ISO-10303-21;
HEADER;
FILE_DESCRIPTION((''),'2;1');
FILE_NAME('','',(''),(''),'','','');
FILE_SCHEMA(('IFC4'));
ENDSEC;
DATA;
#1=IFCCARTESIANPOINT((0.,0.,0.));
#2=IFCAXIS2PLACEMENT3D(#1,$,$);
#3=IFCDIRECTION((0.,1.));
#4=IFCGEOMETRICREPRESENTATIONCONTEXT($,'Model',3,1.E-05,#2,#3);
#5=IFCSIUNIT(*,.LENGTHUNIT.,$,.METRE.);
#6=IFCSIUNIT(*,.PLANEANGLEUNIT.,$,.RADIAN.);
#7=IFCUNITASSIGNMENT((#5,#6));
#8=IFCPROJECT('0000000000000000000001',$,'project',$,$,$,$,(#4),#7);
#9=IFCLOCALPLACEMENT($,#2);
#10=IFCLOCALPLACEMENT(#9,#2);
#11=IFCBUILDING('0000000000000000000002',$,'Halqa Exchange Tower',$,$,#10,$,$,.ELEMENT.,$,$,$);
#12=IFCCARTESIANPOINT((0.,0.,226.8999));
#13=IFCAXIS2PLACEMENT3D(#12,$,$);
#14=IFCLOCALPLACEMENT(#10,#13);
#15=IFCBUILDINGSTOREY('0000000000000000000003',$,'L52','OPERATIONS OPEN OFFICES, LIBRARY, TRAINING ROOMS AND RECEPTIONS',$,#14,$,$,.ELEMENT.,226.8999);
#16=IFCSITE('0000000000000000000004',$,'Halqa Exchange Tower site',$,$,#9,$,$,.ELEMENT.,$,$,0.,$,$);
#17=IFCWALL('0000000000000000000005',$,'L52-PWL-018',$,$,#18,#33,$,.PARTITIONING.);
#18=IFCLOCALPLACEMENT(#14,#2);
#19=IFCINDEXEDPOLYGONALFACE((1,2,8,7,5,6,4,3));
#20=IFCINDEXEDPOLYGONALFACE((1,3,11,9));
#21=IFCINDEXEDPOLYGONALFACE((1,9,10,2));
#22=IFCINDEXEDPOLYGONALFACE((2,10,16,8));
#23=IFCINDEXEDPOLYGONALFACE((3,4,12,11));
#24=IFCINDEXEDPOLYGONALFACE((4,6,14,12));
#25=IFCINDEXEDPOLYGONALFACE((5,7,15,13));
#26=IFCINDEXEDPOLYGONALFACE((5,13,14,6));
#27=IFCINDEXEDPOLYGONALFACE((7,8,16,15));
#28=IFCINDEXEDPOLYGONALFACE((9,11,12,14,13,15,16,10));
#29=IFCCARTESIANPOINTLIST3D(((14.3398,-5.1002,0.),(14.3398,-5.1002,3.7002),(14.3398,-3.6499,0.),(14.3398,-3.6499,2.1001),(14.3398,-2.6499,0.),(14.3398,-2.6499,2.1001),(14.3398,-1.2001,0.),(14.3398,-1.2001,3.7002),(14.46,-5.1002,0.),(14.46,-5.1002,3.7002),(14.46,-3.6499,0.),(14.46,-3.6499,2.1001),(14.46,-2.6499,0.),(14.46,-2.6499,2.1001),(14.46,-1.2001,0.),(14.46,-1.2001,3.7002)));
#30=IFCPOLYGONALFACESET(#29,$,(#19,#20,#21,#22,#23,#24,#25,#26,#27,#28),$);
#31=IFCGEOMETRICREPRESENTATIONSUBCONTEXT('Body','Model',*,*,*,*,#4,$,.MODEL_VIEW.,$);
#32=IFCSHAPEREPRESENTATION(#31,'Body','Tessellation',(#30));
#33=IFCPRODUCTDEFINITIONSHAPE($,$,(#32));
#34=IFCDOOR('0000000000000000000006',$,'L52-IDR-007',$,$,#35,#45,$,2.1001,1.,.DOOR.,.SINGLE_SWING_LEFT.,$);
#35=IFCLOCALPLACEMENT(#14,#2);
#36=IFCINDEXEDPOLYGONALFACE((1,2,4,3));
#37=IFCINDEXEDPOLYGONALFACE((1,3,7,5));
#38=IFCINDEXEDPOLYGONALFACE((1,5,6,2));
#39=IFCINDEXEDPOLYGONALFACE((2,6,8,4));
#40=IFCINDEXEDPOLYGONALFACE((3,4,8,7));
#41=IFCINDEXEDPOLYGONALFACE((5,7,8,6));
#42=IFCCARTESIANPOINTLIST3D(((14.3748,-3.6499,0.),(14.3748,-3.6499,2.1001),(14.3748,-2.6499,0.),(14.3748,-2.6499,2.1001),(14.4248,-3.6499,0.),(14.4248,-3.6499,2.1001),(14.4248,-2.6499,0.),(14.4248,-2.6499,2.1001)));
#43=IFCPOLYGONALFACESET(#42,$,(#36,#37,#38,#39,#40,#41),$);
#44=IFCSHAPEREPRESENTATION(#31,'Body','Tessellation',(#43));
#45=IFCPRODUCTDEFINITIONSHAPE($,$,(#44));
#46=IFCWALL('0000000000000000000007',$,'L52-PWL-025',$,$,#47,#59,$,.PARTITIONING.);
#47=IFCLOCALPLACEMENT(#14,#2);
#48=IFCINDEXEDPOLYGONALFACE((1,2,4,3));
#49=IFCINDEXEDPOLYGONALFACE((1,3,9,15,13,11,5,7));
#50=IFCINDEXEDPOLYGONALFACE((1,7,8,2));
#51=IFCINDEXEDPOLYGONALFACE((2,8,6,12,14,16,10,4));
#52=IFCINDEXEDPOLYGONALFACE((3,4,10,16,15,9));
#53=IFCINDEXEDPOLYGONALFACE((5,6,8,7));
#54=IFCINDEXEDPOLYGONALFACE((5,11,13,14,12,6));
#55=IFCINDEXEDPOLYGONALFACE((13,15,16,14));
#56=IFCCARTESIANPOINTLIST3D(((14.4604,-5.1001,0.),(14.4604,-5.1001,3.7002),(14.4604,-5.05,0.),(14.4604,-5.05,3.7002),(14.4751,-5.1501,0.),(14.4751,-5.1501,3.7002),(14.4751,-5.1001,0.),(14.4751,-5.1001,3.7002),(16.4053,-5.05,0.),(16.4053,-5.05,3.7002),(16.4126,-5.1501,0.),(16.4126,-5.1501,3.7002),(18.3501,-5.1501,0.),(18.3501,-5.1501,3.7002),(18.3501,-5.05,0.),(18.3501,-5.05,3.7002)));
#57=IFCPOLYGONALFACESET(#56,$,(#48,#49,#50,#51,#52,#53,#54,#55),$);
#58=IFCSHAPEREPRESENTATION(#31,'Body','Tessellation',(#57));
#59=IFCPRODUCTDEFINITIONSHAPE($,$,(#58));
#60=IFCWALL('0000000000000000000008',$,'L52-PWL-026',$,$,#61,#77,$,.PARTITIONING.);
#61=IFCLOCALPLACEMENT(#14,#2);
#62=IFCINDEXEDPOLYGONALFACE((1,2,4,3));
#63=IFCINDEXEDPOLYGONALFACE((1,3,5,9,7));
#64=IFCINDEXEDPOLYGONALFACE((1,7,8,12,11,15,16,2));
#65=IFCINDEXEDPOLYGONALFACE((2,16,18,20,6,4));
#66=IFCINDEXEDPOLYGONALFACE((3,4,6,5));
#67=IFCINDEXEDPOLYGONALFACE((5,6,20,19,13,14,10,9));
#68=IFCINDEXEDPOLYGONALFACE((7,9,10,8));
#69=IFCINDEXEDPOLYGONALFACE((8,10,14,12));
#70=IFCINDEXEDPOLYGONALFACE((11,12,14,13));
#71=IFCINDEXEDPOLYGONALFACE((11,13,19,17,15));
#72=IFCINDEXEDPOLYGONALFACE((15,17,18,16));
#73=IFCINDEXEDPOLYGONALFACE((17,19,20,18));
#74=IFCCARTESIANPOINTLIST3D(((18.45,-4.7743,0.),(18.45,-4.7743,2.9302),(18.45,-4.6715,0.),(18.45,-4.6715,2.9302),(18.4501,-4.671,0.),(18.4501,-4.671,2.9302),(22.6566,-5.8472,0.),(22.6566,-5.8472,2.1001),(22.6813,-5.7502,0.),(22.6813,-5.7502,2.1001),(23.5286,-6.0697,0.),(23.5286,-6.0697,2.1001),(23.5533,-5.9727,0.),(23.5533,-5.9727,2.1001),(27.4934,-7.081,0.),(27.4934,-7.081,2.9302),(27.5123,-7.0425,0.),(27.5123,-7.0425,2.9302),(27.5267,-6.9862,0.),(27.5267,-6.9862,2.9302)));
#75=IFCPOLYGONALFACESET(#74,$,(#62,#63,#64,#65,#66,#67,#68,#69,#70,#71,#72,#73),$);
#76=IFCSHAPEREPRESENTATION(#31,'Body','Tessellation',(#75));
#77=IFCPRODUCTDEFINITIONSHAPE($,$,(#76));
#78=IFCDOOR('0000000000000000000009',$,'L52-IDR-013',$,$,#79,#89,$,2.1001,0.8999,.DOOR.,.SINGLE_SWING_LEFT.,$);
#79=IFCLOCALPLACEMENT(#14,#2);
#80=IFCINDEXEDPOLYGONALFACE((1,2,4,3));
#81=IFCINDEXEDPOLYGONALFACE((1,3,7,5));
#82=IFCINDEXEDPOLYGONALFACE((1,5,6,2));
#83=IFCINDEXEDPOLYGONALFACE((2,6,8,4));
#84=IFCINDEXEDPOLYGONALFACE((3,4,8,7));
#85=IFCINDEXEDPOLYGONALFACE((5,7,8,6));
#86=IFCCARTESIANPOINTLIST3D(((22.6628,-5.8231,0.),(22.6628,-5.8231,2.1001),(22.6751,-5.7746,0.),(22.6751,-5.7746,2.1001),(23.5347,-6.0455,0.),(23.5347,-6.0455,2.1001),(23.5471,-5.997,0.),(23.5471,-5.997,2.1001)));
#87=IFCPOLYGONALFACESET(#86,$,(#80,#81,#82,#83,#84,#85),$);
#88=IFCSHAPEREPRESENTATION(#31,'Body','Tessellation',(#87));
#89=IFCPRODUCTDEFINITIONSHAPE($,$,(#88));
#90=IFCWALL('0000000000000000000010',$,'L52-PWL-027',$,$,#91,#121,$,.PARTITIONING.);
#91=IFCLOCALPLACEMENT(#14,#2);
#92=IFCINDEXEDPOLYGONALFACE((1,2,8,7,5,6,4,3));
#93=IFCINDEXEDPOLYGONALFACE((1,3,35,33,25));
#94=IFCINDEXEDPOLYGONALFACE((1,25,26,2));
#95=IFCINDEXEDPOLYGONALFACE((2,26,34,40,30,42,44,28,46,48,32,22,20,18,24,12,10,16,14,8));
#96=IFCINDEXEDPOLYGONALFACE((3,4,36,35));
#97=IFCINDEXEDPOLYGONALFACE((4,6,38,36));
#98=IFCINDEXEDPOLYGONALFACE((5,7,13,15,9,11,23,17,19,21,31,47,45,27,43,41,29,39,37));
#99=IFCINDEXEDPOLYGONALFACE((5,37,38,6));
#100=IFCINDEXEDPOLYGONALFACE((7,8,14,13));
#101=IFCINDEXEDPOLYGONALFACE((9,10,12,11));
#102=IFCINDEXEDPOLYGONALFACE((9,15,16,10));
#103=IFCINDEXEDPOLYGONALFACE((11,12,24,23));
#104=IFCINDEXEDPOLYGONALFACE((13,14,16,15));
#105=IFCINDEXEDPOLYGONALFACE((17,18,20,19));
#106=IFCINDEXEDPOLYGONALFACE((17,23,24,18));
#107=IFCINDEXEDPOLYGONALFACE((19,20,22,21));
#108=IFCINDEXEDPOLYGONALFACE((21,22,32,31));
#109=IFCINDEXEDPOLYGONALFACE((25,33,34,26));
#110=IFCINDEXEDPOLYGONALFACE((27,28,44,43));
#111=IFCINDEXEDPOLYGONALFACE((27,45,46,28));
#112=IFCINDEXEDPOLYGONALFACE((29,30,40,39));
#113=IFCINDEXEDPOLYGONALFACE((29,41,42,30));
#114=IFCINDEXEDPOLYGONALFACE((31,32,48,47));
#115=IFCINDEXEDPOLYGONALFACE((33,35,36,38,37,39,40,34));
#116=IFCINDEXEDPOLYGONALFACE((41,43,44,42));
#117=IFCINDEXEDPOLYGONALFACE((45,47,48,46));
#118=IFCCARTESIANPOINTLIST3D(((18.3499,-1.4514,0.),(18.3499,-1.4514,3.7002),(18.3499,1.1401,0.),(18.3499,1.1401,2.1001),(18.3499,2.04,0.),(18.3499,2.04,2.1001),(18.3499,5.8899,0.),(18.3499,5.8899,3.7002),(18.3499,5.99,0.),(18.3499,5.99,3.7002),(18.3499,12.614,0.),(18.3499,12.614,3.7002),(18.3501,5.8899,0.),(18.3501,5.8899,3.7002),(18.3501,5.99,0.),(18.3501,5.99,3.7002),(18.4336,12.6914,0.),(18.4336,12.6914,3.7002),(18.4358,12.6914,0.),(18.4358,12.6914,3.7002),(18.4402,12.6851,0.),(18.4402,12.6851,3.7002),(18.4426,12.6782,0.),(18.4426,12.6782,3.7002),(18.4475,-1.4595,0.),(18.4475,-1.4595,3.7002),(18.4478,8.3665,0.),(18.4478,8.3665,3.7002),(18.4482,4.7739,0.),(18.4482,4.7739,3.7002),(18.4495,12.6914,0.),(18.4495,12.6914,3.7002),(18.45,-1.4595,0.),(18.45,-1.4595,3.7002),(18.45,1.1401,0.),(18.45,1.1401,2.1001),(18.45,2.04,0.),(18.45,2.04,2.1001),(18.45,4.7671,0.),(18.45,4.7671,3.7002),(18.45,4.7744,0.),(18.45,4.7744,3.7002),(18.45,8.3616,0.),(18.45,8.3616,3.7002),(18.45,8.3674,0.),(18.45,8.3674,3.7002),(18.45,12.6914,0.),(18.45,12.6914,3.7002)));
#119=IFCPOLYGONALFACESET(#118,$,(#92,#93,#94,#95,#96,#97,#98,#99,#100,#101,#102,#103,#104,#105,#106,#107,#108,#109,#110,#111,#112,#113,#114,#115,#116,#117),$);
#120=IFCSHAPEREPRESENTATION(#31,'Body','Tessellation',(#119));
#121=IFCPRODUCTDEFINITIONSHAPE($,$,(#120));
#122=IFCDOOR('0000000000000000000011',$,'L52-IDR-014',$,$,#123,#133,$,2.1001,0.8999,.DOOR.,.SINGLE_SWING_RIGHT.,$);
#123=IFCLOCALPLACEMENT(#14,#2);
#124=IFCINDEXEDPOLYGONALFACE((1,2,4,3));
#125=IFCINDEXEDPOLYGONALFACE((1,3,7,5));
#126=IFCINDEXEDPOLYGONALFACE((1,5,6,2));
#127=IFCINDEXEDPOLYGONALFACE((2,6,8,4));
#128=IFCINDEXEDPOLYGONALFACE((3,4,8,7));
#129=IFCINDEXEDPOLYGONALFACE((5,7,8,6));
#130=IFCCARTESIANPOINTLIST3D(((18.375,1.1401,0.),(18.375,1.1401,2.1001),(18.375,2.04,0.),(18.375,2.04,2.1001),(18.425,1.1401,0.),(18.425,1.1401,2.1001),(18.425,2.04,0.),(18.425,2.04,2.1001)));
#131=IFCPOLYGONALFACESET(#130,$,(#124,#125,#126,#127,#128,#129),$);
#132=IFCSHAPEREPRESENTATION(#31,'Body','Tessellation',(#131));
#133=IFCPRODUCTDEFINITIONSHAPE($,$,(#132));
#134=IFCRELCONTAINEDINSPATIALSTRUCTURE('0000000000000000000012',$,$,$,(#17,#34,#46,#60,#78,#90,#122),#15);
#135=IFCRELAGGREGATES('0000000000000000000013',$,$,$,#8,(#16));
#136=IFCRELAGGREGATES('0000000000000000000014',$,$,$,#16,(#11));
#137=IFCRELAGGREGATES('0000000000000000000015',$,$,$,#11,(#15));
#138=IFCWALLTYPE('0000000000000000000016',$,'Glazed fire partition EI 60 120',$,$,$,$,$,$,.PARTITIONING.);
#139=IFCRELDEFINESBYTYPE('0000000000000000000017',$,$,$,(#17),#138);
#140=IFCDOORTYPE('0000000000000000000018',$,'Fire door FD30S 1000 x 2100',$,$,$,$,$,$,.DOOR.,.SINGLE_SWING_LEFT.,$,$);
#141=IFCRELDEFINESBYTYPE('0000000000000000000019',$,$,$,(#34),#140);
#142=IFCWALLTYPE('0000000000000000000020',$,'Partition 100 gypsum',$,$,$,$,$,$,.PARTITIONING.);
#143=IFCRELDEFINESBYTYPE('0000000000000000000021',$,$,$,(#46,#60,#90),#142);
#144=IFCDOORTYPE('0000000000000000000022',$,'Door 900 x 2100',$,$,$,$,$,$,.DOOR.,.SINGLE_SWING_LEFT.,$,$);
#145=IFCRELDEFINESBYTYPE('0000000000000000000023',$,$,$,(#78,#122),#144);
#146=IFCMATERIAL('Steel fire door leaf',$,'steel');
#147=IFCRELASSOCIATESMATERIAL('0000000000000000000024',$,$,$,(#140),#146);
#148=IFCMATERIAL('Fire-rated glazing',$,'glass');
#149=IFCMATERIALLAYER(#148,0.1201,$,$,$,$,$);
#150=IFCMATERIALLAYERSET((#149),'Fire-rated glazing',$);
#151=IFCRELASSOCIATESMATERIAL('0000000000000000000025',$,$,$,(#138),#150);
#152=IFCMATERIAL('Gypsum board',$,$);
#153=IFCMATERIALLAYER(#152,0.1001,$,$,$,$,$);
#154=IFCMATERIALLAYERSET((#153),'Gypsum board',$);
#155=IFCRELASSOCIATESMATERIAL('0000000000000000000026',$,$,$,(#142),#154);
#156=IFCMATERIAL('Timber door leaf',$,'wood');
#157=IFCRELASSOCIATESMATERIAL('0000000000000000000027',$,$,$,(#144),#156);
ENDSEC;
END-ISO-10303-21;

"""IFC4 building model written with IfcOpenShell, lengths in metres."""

from ifc_helpers import new_model, si_unit, direction, frame, frame_2d, origin, place, context, subcontext, project, spatial, polyline, rectangle, outline, extrude, material, layer, layer_set, type_object, element, fill, save


model = new_model("IFC4")

# Units and contexts
model_context = context("Model", 3, precision=1e-05, world=origin(), true_north=direction((0.0, 1.0)))
body_context = subcontext(model_context, "Body", "Model", "MODEL_VIEW")
ifc_project = project(units=[si_unit("LENGTHUNIT", "METRE"), si_unit("PLANEANGLEUNIT", "RADIAN")], contexts=[model_context])

# Site, building, storey
site_placement = place(None, origin())
site = spatial("IfcSite", under=ifc_project, at=site_placement, Name="Halqa Exchange Tower site", CompositionType="ELEMENT", RefElevation=0.0)
building_placement = place(site_placement, origin())
building = spatial("IfcBuilding", under=site, at=building_placement, Name="Halqa Exchange Tower", CompositionType="ELEMENT")
storey_placement = place(building_placement, frame((0.0, 0.0, 226.8999)))
storey = spatial("IfcBuildingStorey", under=building, at=storey_placement, Name="L52", Description="OPERATIONS OPEN OFFICES, LIBRARY, TRAINING ROOMS AND RECEPTIONS", CompositionType="ELEMENT", Elevation=226.8999)

# Shared definitions
ifc_material_1 = material(Name="Steel fire door leaf", Category="steel")
door_type_1 = type_object("IfcDoorType", Name="Fire door FD30S 1000 x 2100", OperationType="SINGLE_SWING_LEFT", PredefinedType="DOOR", material=ifc_material_1)

# Wall, opening, door
ifc_material_2 = material(Name="Fire-rated glazing", Category="glass")
ifc_layer_1 = layer(ifc_material_2, 0.1201)
ifc_layer_set_1 = layer_set([ifc_layer_1], Name="Fire-rated glazing")
wall_type_1 = type_object("IfcWallType", Name="Glazed fire partition EI 60 120", PredefinedType="PARTITIONING", material=ifc_layer_set_1)
wall_1_placement = place(storey_placement, frame((14.3999, -1.2, 0.0), z_axis=(0.0, 0.0, 1.0), x_axis=(0.0, -1.0, 0.0)))
wall_1 = element("IfcWall", 1, at=wall_1_placement, inside=storey, type_object=wall_type_1, Name="L52-PWL-018", PredefinedType="PARTITIONING", context=body_context, shape_type="SweptSolid", body=[
    extrude(rectangle(XDim=3.9001, YDim=0.1201, at=frame_2d((1.9502, 0.0))), origin(), (0.0, 0.0, 1.0), 3.7002),
])
opening_1_placement = place(wall_1_placement, frame((1.45, 0.0, 0.0)))
opening_1 = element("IfcOpeningElement", 2, at=opening_1_placement, cuts=wall_1, PredefinedType="OPENING", context=body_context, shape_type="SweptSolid", body=[
    extrude(rectangle(XDim=1.0, YDim=2.1001, at=frame_2d((0.5, 1.05))), frame((0.0, 0.072, 0.0), z_axis=(0.0, -1.0, 0.0), x_axis=(1.0, 0.0, 0.0)), (0.0, 0.0, 1.0), 0.144),
])
door_1_placement = place(opening_1_placement, origin())
door_1 = element("IfcDoor", 3, at=door_1_placement, inside=storey, type_object=door_type_1, Name="L52-IDR-007", OperationType="SINGLE_SWING_LEFT", OverallHeight=2.1001, OverallWidth=1.0, PredefinedType="DOOR", context=body_context, shape_type="SweptSolid", body=[
    extrude(rectangle(XDim=1.0, YDim=2.1001, at=frame_2d((0.5, 1.05))), frame((0.0, 0.0249, 0.0), z_axis=(0.0, -1.0, 0.0), x_axis=(1.0, 0.0, 0.0)), (0.0, 0.0, 1.0), 0.05),
])
fill(opening_1, door_1)

# Wall
ifc_material_3 = material(Name="Gypsum board")
ifc_layer_2 = layer(ifc_material_3, 0.1001)
ifc_layer_set_2 = layer_set([ifc_layer_2], Name="Gypsum board")
wall_type_2 = type_object("IfcWallType", Name="Partition 100 gypsum", PredefinedType="PARTITIONING", material=ifc_layer_set_2)
wall_2_placement = place(storey_placement, frame((18.3501, -5.1001, 0.0), z_axis=(0.0, 0.0, 1.0), x_axis=(-1.0, 0.0, 0.0)))
element("IfcWall", 4, at=wall_2_placement, inside=storey, type_object=wall_type_2, Name="L52-PWL-025", PredefinedType="PARTITIONING", context=body_context, shape_type="SweptSolid", body=[
    extrude(outline(polyline([(3.8896, -0.05), (3.8896, 0.0), (3.875, 0.0), (3.875, 0.05), (1.9375, 0.05), (0.0, 0.05), (0.0, -0.05), (1.9448, -0.05), (3.8896, -0.05)])), origin(), (0.0, 0.0, 1.0), 3.7002),
])

# Walls, openings, doors
wall_3_placement = place(storey_placement, frame((18.4377, -4.7195, 0.0), z_axis=(0.0, 0.0, 1.0), x_axis=(0.968976, -0.247157, 0.0)))
wall_3 = element("IfcWall", 5, at=wall_3_placement, inside=storey, type_object=wall_type_2, Name="L52-PWL-026", PredefinedType="PARTITIONING", context=body_context, shape_type="SweptSolid", body=[
    extrude(outline(polyline([(0.0254, -0.05), (1.8921, -0.05), (3.7585, -0.05), (5.6252, -0.05), (7.4917, -0.05), (9.3584, -0.05), (9.3672, -0.0081), (9.3672, 0.05), (7.4937, 0.05), (5.6204, 0.05), (3.7468, 0.05), (1.8735, 0.05), (0.0, 0.05), (0.0, 0.0496), (0.0254, -0.05)])), origin(), (0.0, 0.0, 1.0), 2.9302),
])
opening_2_placement = place(wall_3_placement, frame((4.3667, 0.0, 0.0)))
opening_2 = element("IfcOpeningElement", 6, at=opening_2_placement, cuts=wall_3, PredefinedType="OPENING", context=body_context, shape_type="SweptSolid", body=[
    extrude(rectangle(XDim=0.8999, YDim=2.1001, at=frame_2d((0.45, 1.05))), frame((0.0, 0.062, 0.0), z_axis=(0.0, -1.0, 0.0), x_axis=(1.0, 0.0, 0.0)), (0.0, 0.0, 1.0), 0.124),
])
ifc_material_4 = material(Name="Timber door leaf", Category="wood")
door_type_2 = type_object("IfcDoorType", Name="Door 900 x 2100", OperationType="SINGLE_SWING_LEFT", PredefinedType="DOOR", material=ifc_material_4)
door_2_placement = place(opening_2_placement, origin())
door_2 = element("IfcDoor", 7, at=door_2_placement, inside=storey, type_object=door_type_2, Name="L52-IDR-013", OperationType="SINGLE_SWING_LEFT", OverallHeight=2.1001, OverallWidth=0.8999, PredefinedType="DOOR", context=body_context, shape_type="SweptSolid", body=[
    extrude(rectangle(XDim=0.8999, YDim=2.1001, at=frame_2d((0.45, 1.05))), frame((0.0, 0.0249, 0.0), z_axis=(0.0, -1.0, 0.0), x_axis=(1.0, 0.0, 0.0)), (0.0, 0.0, 1.0), 0.05),
])
fill(opening_2, door_2)
wall_4_placement = place(storey_placement, frame((18.3999, -1.4595, 0.0), z_axis=(0.0, 0.0, 1.0), x_axis=(0.0, 1.0, 0.0)))
wall_4 = element("IfcWall", 8, at=wall_4_placement, inside=storey, type_object=wall_type_2, Name="L52-PWL-027", PredefinedType="PARTITIONING", context=body_context, shape_type="SweptSolid", body=[
    extrude(outline(polyline([(0.0, -0.05), (1.5566, -0.05), (3.1133, -0.05), (4.6699, -0.05), (6.2266, -0.05), (6.2334, -0.0483), (6.2339, -0.05), (8.0273, -0.05), (9.821, -0.05), (9.8259, -0.0479), (9.8269, -0.05), (11.2681, -0.05), (12.7095, -0.05), (14.1509, -0.05), (14.1509, -0.0496), (14.1445, -0.0403), (14.1509, -0.0359), (14.1509, -0.0337), (14.1377, -0.0427), (14.0735, 0.05), (12.4175, 0.05), (10.7615, 0.05), (9.1055, 0.05), (7.4495, 0.05), (7.4495, 0.0498), (7.3494, 0.0498), (7.3494, 0.05), (5.5142, 0.05), (3.6787, 0.05), (1.8435, 0.05), (0.0081, 0.05), (0.0, -0.0476), (0.0, -0.05)])), origin(), (0.0, 0.0, 1.0), 3.7002),
])
opening_3_placement = place(wall_4_placement, frame((2.5996, 0.0, 0.0)))
opening_3 = element("IfcOpeningElement", 9, at=opening_3_placement, cuts=wall_4, PredefinedType="OPENING", context=body_context, shape_type="SweptSolid", body=[
    extrude(rectangle(XDim=0.8999, YDim=2.1001, at=frame_2d((0.45, 1.05))), frame((0.0, 0.062, 0.0), z_axis=(0.0, -1.0, 0.0), x_axis=(1.0, 0.0, 0.0)), (0.0, 0.0, 1.0), 0.124),
])
door_3_placement = place(opening_3_placement, origin())
door_3 = element("IfcDoor", 10, at=door_3_placement, inside=storey, type_object=door_type_2, Name="L52-IDR-014", OperationType="SINGLE_SWING_RIGHT", OverallHeight=2.1001, OverallWidth=0.8999, PredefinedType="DOOR", context=body_context, shape_type="SweptSolid", body=[
    extrude(rectangle(XDim=0.8999, YDim=2.1001, at=frame_2d((0.45, 1.05))), frame((0.0, 0.0249, 0.0), z_axis=(0.0, -1.0, 0.0), x_axis=(1.0, 0.0, 0.0)), (0.0, 0.0, 1.0), 0.05),
])
fill(opening_3, door_3)

save(model, "model.ifc")
